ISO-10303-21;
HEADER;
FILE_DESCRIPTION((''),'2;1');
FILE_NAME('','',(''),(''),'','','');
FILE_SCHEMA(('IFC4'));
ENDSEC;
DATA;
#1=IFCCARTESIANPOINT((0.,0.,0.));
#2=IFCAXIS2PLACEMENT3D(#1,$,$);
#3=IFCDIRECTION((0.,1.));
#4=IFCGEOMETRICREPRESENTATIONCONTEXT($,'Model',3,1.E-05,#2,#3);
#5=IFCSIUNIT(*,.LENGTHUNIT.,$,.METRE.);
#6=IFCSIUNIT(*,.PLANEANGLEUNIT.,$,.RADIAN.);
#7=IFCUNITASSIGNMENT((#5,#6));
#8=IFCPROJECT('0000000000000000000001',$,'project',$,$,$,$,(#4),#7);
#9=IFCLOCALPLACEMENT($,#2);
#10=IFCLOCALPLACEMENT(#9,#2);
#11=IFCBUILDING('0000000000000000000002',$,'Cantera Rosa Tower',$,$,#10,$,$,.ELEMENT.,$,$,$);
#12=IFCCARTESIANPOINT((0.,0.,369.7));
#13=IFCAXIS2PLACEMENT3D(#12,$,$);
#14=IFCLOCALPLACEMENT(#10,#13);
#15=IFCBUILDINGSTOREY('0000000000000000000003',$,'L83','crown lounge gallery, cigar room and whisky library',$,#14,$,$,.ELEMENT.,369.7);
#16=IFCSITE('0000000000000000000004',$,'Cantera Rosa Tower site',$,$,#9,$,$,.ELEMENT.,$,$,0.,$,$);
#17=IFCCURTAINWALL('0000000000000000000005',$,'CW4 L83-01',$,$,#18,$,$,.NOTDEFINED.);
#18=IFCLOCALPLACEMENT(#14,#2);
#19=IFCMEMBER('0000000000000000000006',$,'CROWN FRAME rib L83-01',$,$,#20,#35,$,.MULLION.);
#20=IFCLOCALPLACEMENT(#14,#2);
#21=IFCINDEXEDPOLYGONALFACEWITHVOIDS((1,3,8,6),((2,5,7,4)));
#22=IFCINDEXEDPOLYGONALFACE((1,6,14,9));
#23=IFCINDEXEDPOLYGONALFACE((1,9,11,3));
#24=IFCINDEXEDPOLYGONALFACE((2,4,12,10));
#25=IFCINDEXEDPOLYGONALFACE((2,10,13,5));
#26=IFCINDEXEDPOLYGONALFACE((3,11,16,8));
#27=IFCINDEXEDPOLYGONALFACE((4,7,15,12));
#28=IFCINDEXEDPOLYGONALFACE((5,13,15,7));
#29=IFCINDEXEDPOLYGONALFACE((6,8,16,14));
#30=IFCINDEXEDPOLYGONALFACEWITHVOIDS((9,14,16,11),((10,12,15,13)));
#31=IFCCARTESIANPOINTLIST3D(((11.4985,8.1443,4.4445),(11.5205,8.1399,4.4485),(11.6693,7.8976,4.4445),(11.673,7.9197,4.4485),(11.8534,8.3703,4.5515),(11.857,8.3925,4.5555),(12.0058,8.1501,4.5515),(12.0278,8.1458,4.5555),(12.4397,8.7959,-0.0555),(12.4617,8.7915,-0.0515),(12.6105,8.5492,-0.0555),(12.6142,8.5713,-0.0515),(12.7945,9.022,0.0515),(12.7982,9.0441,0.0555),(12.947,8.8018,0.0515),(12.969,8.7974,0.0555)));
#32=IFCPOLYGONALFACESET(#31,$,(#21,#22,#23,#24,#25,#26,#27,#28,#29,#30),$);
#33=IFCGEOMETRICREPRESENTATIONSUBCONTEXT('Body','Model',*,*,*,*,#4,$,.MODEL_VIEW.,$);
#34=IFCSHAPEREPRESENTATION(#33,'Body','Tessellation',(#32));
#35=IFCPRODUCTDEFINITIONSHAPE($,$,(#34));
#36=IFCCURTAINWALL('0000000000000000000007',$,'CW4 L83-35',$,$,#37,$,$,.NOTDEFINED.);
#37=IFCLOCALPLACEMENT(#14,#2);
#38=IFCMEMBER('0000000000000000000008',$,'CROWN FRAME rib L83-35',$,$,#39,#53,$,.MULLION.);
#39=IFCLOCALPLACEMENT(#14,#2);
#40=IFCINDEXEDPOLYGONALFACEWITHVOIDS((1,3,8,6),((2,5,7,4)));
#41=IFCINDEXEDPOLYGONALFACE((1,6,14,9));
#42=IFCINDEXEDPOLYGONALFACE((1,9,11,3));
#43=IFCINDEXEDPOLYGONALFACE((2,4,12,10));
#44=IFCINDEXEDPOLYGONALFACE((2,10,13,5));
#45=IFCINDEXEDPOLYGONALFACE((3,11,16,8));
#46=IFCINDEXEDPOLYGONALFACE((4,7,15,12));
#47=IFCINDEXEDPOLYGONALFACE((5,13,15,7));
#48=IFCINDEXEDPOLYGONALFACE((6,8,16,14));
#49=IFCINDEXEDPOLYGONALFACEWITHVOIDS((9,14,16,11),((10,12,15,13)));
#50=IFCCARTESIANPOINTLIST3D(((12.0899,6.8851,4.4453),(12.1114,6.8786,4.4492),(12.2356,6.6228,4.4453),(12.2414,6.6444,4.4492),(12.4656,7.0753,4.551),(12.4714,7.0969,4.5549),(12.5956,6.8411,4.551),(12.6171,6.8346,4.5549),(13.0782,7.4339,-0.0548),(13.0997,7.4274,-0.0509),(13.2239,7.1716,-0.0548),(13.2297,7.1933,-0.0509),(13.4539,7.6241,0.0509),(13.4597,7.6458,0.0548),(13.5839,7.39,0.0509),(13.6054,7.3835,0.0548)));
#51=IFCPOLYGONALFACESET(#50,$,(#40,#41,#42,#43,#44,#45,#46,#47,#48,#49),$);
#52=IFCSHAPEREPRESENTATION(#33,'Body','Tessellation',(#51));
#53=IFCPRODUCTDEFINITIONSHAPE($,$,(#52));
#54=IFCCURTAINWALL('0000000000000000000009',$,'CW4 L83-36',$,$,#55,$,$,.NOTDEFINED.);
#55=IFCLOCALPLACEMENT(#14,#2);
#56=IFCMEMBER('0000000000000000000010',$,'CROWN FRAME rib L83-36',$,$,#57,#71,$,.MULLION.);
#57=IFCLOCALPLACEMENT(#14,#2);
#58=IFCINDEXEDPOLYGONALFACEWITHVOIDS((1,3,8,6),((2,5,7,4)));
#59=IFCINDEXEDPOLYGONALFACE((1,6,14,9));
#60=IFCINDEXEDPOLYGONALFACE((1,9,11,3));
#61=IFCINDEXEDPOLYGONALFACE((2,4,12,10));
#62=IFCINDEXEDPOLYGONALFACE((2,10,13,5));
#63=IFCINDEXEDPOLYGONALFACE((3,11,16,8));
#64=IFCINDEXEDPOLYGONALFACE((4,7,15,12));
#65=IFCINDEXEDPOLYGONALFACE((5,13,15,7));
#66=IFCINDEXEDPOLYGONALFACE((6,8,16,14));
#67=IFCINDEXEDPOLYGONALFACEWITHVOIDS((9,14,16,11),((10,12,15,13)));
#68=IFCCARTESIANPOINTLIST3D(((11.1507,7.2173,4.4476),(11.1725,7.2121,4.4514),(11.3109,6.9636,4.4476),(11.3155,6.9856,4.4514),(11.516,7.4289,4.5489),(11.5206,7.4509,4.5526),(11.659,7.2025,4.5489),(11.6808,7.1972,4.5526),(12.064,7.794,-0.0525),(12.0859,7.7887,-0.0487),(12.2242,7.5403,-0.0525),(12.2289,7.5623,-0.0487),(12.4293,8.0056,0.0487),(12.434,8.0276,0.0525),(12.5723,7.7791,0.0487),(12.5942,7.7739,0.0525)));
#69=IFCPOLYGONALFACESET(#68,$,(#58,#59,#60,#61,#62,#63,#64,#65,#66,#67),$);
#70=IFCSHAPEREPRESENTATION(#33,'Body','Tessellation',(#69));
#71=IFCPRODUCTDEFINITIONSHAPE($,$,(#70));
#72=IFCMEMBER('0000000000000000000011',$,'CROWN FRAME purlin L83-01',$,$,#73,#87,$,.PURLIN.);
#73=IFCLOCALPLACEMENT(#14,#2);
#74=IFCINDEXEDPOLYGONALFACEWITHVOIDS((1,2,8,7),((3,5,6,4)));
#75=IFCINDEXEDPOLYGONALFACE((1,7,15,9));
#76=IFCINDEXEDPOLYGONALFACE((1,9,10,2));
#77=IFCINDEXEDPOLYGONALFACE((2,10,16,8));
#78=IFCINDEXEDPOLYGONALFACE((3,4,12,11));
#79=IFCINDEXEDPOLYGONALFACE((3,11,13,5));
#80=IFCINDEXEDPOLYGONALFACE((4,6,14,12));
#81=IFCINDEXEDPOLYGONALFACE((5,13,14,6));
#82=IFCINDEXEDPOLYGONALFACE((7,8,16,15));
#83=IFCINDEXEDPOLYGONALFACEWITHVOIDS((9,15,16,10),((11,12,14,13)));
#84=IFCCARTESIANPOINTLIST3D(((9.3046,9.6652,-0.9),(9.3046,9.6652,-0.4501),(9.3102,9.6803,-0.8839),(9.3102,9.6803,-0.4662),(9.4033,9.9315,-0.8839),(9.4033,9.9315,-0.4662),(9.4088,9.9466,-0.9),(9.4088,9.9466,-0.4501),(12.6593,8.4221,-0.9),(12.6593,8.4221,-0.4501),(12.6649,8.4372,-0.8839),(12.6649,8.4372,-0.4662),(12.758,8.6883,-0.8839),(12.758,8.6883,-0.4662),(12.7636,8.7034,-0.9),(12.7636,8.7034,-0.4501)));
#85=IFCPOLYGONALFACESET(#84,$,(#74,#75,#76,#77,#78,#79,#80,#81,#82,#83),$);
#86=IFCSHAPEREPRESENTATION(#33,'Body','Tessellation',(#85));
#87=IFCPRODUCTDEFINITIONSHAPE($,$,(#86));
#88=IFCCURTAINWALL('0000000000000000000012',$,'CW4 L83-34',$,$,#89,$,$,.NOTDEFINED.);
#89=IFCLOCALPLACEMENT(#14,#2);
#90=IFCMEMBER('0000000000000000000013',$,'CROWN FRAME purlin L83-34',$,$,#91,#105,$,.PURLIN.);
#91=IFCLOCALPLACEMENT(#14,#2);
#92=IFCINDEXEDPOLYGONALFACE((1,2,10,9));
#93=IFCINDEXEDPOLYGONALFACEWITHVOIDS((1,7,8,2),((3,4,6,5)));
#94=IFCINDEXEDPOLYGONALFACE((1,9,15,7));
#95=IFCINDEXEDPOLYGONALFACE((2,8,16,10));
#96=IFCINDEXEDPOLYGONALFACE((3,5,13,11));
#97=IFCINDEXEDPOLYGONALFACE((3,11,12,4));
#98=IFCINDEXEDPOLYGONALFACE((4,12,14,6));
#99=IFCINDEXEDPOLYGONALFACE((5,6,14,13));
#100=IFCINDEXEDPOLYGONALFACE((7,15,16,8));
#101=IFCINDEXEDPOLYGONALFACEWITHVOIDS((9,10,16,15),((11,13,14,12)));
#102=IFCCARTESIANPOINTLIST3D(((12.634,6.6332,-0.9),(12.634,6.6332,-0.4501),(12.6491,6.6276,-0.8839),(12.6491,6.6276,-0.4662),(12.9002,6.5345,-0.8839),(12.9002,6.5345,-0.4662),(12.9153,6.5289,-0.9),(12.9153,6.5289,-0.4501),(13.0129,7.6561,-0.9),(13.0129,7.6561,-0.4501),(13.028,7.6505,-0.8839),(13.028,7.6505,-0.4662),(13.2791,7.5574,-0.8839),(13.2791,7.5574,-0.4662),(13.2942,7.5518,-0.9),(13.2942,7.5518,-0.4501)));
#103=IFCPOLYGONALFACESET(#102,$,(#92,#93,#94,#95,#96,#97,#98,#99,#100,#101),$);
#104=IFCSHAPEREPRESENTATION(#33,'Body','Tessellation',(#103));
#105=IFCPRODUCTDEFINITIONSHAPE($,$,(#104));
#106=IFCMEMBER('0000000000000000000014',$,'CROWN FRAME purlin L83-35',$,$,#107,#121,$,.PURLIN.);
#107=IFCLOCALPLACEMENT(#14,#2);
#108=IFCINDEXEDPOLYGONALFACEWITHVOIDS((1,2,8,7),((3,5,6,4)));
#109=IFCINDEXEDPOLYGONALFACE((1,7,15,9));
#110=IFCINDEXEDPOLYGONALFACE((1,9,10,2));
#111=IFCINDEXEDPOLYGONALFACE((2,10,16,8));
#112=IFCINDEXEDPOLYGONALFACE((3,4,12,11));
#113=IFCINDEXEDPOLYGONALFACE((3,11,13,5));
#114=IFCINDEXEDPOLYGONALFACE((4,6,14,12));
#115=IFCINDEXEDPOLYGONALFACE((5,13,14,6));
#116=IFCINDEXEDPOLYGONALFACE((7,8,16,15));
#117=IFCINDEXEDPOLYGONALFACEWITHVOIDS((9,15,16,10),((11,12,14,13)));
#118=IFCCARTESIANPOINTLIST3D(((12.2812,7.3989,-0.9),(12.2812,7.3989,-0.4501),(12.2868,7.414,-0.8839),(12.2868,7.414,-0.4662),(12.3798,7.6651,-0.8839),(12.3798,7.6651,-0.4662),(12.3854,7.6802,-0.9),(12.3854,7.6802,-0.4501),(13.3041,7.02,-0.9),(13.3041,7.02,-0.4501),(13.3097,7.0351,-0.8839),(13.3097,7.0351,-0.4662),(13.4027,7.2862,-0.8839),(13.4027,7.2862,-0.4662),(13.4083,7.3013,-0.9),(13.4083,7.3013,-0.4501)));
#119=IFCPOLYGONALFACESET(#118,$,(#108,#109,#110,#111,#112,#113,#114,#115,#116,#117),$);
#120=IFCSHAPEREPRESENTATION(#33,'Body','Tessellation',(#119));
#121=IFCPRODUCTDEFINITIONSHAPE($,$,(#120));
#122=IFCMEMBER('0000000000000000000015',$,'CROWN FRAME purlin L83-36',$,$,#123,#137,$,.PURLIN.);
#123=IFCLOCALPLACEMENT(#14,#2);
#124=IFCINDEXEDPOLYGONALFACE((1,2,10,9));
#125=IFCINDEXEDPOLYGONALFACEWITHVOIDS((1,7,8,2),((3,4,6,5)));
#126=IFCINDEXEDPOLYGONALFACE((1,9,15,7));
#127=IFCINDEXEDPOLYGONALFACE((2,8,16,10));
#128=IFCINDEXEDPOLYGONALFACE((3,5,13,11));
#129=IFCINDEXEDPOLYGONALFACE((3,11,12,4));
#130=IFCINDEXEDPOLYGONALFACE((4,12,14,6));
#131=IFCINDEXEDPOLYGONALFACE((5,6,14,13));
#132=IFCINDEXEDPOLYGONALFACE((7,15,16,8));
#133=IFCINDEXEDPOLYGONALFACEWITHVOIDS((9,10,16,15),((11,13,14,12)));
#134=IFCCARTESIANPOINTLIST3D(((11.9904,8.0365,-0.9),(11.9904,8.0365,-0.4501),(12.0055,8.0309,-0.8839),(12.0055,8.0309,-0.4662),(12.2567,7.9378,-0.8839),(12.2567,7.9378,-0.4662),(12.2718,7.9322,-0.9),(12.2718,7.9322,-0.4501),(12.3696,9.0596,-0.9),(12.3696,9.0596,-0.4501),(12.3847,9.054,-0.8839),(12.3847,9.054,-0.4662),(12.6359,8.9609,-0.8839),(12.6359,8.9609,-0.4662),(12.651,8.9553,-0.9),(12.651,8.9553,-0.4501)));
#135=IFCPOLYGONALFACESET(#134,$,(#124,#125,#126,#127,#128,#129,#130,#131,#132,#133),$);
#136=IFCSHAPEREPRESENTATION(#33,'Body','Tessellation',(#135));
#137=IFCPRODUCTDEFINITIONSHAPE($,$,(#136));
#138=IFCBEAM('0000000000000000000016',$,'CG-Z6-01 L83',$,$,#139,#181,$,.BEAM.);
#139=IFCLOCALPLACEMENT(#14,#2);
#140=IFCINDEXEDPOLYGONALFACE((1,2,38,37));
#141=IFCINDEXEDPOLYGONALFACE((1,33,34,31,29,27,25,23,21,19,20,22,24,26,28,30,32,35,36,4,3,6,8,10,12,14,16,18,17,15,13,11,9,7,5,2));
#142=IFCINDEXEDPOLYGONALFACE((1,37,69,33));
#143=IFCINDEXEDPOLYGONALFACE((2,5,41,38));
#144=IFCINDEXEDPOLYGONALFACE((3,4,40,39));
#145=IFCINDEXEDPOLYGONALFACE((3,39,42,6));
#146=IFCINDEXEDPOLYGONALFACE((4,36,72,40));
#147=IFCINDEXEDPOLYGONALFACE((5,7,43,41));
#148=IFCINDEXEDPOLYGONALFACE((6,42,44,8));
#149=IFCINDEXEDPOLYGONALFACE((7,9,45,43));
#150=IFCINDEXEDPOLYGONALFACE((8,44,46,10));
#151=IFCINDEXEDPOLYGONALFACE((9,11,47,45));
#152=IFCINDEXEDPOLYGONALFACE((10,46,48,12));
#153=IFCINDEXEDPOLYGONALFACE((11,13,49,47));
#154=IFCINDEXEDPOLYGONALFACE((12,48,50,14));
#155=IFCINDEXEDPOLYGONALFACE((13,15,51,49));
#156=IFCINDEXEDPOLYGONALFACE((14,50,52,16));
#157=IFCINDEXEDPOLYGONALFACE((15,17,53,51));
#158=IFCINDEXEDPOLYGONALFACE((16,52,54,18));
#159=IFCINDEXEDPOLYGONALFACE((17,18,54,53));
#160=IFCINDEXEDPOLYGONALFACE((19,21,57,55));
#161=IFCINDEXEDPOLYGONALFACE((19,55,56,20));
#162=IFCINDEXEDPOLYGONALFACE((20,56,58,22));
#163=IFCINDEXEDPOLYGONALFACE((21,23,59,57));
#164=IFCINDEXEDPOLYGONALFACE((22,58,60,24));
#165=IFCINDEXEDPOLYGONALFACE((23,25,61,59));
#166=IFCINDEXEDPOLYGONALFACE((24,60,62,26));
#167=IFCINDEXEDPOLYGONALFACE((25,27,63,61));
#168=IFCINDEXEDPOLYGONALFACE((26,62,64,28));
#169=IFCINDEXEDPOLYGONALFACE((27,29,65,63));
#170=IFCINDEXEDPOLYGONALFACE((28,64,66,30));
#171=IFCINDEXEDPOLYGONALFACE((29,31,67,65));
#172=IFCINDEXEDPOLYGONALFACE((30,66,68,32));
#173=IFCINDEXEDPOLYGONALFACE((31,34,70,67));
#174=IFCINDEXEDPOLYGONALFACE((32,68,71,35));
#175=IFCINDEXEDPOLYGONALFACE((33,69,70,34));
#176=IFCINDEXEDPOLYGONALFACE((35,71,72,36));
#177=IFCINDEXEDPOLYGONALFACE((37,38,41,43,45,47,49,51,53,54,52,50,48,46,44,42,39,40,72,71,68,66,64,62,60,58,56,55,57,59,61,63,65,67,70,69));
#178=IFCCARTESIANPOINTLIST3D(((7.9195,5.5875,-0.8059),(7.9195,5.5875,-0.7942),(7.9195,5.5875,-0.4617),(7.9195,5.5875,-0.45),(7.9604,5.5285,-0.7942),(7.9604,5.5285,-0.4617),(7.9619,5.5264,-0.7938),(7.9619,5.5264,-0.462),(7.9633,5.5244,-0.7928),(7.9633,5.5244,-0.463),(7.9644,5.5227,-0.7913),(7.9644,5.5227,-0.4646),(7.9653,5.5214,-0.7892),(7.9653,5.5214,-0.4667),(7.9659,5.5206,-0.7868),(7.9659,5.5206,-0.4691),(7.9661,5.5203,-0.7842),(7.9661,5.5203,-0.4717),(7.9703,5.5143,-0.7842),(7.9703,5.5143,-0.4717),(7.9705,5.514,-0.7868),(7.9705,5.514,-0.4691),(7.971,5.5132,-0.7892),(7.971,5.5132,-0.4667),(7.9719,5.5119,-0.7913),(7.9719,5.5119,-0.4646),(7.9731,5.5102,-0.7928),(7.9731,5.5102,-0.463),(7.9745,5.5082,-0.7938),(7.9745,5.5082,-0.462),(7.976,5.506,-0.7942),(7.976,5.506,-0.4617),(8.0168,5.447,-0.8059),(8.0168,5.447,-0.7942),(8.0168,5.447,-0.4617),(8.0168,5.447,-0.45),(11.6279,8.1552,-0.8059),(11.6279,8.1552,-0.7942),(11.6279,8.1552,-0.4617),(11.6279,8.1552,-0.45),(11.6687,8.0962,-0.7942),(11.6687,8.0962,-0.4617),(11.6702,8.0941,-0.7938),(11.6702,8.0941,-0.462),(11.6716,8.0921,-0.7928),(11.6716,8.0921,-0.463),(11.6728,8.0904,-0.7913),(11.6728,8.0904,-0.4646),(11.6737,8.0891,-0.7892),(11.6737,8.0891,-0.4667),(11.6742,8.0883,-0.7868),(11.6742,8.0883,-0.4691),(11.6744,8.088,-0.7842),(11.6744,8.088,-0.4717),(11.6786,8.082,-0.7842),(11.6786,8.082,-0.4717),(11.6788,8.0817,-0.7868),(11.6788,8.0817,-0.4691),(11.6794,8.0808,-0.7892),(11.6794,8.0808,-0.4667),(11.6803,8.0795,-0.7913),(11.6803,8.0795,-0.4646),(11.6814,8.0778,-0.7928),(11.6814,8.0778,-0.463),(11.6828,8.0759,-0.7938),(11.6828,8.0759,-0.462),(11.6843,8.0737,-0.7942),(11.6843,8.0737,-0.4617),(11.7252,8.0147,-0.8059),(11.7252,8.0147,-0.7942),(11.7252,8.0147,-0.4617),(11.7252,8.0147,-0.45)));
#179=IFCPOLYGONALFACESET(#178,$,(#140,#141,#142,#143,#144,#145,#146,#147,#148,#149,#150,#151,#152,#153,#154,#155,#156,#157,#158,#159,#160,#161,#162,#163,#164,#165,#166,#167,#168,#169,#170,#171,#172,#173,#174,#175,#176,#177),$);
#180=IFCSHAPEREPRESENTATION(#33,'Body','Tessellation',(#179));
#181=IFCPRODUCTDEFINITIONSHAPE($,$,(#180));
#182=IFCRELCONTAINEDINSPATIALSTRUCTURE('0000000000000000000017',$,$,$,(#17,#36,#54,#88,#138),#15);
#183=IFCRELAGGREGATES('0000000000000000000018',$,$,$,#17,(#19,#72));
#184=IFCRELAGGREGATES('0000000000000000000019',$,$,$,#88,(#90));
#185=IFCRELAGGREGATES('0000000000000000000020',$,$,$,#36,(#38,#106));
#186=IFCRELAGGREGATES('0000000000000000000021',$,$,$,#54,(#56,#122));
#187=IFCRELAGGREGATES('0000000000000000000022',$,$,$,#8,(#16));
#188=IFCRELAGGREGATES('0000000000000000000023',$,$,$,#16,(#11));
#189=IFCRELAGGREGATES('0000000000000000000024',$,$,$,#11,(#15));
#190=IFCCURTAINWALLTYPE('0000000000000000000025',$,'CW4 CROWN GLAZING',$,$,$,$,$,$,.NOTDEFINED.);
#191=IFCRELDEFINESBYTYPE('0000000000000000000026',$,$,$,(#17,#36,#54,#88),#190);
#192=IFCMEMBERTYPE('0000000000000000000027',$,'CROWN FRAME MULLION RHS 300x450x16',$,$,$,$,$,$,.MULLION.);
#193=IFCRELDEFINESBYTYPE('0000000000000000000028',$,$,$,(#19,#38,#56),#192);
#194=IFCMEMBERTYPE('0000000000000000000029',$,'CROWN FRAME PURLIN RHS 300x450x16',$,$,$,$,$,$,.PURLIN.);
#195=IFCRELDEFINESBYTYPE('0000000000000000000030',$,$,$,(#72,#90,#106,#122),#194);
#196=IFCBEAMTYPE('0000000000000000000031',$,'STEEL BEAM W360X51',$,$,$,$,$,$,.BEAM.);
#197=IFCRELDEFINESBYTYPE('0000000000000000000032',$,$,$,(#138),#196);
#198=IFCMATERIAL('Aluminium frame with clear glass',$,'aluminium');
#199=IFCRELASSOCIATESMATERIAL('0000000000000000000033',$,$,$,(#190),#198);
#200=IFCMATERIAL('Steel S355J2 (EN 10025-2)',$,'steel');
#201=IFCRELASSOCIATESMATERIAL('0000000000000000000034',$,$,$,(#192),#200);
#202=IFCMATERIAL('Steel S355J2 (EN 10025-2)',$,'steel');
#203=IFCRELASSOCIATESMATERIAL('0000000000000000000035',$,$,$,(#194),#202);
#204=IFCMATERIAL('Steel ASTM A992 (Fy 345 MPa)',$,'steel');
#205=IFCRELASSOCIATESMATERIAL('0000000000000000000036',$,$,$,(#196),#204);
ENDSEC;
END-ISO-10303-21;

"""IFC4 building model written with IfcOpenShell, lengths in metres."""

from ifc_helpers import new_model, si_unit, direction, frame, origin, origin_2d, place, context, subcontext, project, spatial, hollow_rectangle, i_section, extrude, material, material_profile, profile_set, type_object, element, aggregate, save


model = new_model("IFC4")

# Units and contexts
model_context = context("Model", 3, precision=1e-05, world=origin(), true_north=direction((0.0, 1.0)))
body_context = subcontext(model_context, "Body", "Model", "MODEL_VIEW")
ifc_project = project(units=[si_unit("LENGTHUNIT", "METRE"), si_unit("PLANEANGLEUNIT", "RADIAN")], contexts=[model_context])

# Site, building, storey
site_placement = place(None, origin())
site = spatial("IfcSite", under=ifc_project, at=site_placement, Name="Cantera Rosa Tower site", CompositionType="ELEMENT", RefElevation=0.0)
building_placement = place(site_placement, origin())
building = spatial("IfcBuilding", under=site, at=building_placement, Name="Cantera Rosa Tower", CompositionType="ELEMENT")
storey_placement = place(building_placement, frame((0.0, 0.0, 369.7)))
storey = spatial("IfcBuildingStorey", under=building, at=storey_placement, Name="L83", Description="crown lounge gallery, cigar room and whisky library", CompositionType="ELEMENT", Elevation=369.7)

# Curtain walls, members
ifc_material_1 = material(Name="Aluminium frame with clear glass", Category="aluminium")
curtain_wall_type = type_object("IfcCurtainWallType", Name="CW4 CROWN GLAZING", PredefinedType="NOTDEFINED", material=ifc_material_1)
curtain_wall_1_placement = place(storey_placement, origin())
curtain_wall_1 = element("IfcCurtainWall", 1, at=curtain_wall_1_placement, inside=storey, type_object=curtain_wall_type, Name="CW4 L83-01", PredefinedType="NOTDEFINED")
ifc_material_2 = material(Name="Steel S355J2 (EN 10025-2)", Category="steel")
ifc_material_profile_1 = material_profile(ifc_material_2, hollow_rectangle(XDim=0.3, YDim=0.45, WallThickness=0.0161, at=origin_2d()), Name="CROWN FRAME MULLION RHS 300x450x16")
ifc_profile_set_1 = profile_set([ifc_material_profile_1], Name="Steel S355J2 (EN 10025-2)")
member_type_1 = type_object("IfcMemberType", Name="CROWN FRAME MULLION RHS 300x450x16", PredefinedType="MULLION", material=ifc_profile_set_1)
member_1_placement = place(storey_placement, frame((12.7043, 8.7966, 0.0), z_axis=(-0.202692, -0.140333, 0.969135), x_axis=(0.569232, -0.822177, 0.0)))
member_1 = element("IfcMember", 2, at=member_1_placement, type_object=member_type_1, Name="CROWN FRAME rib L83-01", PredefinedType="MULLION", context=body_context, shape_type="SweptSolid", body=[
    extrude(hollow_rectangle(XDim=0.3, YDim=0.45, WallThickness=0.0161, at=origin_2d()), origin(), (0.0, 0.0, 1.0), 4.6433),
])
curtain_wall_2_placement = place(storey_placement, origin())
curtain_wall_2 = element("IfcCurtainWall", 3, at=curtain_wall_2_placement, inside=storey, type_object=curtain_wall_type, Name="CW4 L83-35", PredefinedType="NOTDEFINED")
member_2_placement = place(storey_placement, frame((13.3418, 7.4087, 0.0), z_axis=(-0.213, -0.118287, 0.969866), x_axis=(0.485496, -0.874239, 0.0)))
member_2 = element("IfcMember", 4, at=member_2_placement, type_object=member_type_1, Name="CROWN FRAME rib L83-35", PredefinedType="MULLION", context=body_context, shape_type="SweptSolid", body=[
    extrude(hollow_rectangle(XDim=0.3, YDim=0.45, WallThickness=0.0161, at=origin_2d()), origin(), (0.0, 0.0, 1.0), 4.6399),
])
curtain_wall_3_placement = place(storey_placement, origin())
curtain_wall_3 = element("IfcCurtainWall", 5, at=curtain_wall_3_placement, inside=storey, type_object=curtain_wall_type, Name="CW4 L83-36", PredefinedType="NOTDEFINED")
member_3_placement = place(storey_placement, frame((12.3291, 7.7839, 0.0), z_axis=(-0.197356, -0.124607, 0.97238), x_axis=(0.533874, -0.845564, 0.0)))
member_3 = element("IfcMember", 6, at=member_3_placement, type_object=member_type_1, Name="CROWN FRAME rib L83-36", PredefinedType="MULLION", context=body_context, shape_type="SweptSolid", body=[
    extrude(hollow_rectangle(XDim=0.3, YDim=0.45, WallThickness=0.0161, at=origin_2d()), origin(), (0.0, 0.0, 1.0), 4.6279),
])

# Member
ifc_material_3 = material(Name="Steel S355J2 (EN 10025-2)", Category="steel")
ifc_material_profile_2 = material_profile(ifc_material_3, hollow_rectangle(XDim=0.3, YDim=0.45, WallThickness=0.0161, at=origin_2d()), Name="CROWN FRAME PURLIN RHS 300x450x16")
ifc_profile_set_2 = profile_set([ifc_material_profile_2], Name="Steel S355J2 (EN 10025-2)")
member_type_2 = type_object("IfcMemberType", Name="CROWN FRAME PURLIN RHS 300x450x16", PredefinedType="PURLIN", material=ifc_profile_set_2)
member_4_placement = place(storey_placement, frame((12.7114, 8.5627, -0.675), z_axis=(-0.937688, 0.347479, 0.0), x_axis=(-0.347479, -0.937688, 0.0)))
member_4 = element("IfcMember", 7, at=member_4_placement, type_object=member_type_2, Name="CROWN FRAME purlin L83-01", PredefinedType="PURLIN", context=body_context, shape_type="SweptSolid", body=[
    extrude(hollow_rectangle(XDim=0.3, YDim=0.45, WallThickness=0.0161, at=origin_2d()), origin(), (0.0, 0.0, 1.0), 3.5776),
])

# Curtain wall, member
curtain_wall_4_placement = place(storey_placement, origin())
curtain_wall_4 = element("IfcCurtainWall", 8, at=curtain_wall_4_placement, inside=storey, type_object=curtain_wall_type, Name="CW4 L83-34", PredefinedType="NOTDEFINED")
member_5_placement = place(storey_placement, frame((12.7747, 6.5811, -0.675), z_axis=(0.347344, 0.937738, 0.0), x_axis=(-0.937738, 0.347344, 0.0)))
member_5 = element("IfcMember", 9, at=member_5_placement, type_object=member_type_2, Name="CROWN FRAME purlin L83-34", PredefinedType="PURLIN", context=body_context, shape_type="SweptSolid", body=[
    extrude(hollow_rectangle(XDim=0.3, YDim=0.45, WallThickness=0.0161, at=origin_2d()), origin(), (0.0, 0.0, 1.0), 1.0908),
])

# Members
member_6_placement = place(storey_placement, frame((13.3562, 7.1606, -0.675), z_axis=(-0.937738, 0.347344, 0.0), x_axis=(-0.347344, -0.937738, 0.0)))
member_6 = element("IfcMember", 10, at=member_6_placement, type_object=member_type_2, Name="CROWN FRAME purlin L83-35", PredefinedType="PURLIN", context=body_context, shape_type="SweptSolid", body=[
    extrude(hollow_rectangle(XDim=0.3, YDim=0.45, WallThickness=0.0161, at=origin_2d()), origin(), (0.0, 0.0, 1.0), 1.0908),
])
member_7_placement = place(storey_placement, frame((12.1311, 7.9844, -0.675), z_axis=(0.34754, 0.937665, 0.0), x_axis=(-0.937665, 0.34754, 0.0)))
member_7 = element("IfcMember", 11, at=member_7_placement, type_object=member_type_2, Name="CROWN FRAME purlin L83-36", PredefinedType="PURLIN", context=body_context, shape_type="SweptSolid", body=[
    extrude(hollow_rectangle(XDim=0.3, YDim=0.45, WallThickness=0.0161, at=origin_2d()), origin(), (0.0, 0.0, 1.0), 1.0911),
])

# Beam
ifc_material_4 = material(Name="Steel ASTM A992 (Fy 345 MPa)", Category="steel")
ifc_material_profile_3 = material_profile(ifc_material_4, i_section(OverallWidth=0.1709, OverallDepth=0.356, WebThickness=0.0073, FlangeThickness=0.0117, FilletRadius=0.01, at=origin_2d()), Name="W360X51")
ifc_profile_set_3 = profile_set([ifc_material_profile_3], Name="Steel ASTM A992 (Fy 345 MPa)")
beam_type_1 = type_object("IfcBeamType", Name="STEEL BEAM W360X51", PredefinedType="BEAM", material=ifc_profile_set_3)
beam_1_placement = place(storey_placement, frame((11.6765, 8.085, -0.6279), z_axis=(-0.822153, -0.569266, 0.0), x_axis=(0.569266, -0.822153, 0.0)))
element("IfcBeam", 12, at=beam_1_placement, inside=storey, type_object=beam_type_1, Name="CG-Z6-01 L83", PredefinedType="BEAM", context=body_context, shape_type="SweptSolid", body=[
    extrude(i_section(OverallWidth=0.1709, OverallDepth=0.356, WebThickness=0.0073, FlangeThickness=0.0117, FilletRadius=0.01, at=origin_2d()), origin(), (0.0, 0.0, 1.0), 4.5105),
])

aggregate(curtain_wall_1, [member_1, member_4])
aggregate(curtain_wall_4, [member_5])
aggregate(curtain_wall_2, [member_2, member_6])
aggregate(curtain_wall_3, [member_3, member_7])

save(model, "model.ifc")
